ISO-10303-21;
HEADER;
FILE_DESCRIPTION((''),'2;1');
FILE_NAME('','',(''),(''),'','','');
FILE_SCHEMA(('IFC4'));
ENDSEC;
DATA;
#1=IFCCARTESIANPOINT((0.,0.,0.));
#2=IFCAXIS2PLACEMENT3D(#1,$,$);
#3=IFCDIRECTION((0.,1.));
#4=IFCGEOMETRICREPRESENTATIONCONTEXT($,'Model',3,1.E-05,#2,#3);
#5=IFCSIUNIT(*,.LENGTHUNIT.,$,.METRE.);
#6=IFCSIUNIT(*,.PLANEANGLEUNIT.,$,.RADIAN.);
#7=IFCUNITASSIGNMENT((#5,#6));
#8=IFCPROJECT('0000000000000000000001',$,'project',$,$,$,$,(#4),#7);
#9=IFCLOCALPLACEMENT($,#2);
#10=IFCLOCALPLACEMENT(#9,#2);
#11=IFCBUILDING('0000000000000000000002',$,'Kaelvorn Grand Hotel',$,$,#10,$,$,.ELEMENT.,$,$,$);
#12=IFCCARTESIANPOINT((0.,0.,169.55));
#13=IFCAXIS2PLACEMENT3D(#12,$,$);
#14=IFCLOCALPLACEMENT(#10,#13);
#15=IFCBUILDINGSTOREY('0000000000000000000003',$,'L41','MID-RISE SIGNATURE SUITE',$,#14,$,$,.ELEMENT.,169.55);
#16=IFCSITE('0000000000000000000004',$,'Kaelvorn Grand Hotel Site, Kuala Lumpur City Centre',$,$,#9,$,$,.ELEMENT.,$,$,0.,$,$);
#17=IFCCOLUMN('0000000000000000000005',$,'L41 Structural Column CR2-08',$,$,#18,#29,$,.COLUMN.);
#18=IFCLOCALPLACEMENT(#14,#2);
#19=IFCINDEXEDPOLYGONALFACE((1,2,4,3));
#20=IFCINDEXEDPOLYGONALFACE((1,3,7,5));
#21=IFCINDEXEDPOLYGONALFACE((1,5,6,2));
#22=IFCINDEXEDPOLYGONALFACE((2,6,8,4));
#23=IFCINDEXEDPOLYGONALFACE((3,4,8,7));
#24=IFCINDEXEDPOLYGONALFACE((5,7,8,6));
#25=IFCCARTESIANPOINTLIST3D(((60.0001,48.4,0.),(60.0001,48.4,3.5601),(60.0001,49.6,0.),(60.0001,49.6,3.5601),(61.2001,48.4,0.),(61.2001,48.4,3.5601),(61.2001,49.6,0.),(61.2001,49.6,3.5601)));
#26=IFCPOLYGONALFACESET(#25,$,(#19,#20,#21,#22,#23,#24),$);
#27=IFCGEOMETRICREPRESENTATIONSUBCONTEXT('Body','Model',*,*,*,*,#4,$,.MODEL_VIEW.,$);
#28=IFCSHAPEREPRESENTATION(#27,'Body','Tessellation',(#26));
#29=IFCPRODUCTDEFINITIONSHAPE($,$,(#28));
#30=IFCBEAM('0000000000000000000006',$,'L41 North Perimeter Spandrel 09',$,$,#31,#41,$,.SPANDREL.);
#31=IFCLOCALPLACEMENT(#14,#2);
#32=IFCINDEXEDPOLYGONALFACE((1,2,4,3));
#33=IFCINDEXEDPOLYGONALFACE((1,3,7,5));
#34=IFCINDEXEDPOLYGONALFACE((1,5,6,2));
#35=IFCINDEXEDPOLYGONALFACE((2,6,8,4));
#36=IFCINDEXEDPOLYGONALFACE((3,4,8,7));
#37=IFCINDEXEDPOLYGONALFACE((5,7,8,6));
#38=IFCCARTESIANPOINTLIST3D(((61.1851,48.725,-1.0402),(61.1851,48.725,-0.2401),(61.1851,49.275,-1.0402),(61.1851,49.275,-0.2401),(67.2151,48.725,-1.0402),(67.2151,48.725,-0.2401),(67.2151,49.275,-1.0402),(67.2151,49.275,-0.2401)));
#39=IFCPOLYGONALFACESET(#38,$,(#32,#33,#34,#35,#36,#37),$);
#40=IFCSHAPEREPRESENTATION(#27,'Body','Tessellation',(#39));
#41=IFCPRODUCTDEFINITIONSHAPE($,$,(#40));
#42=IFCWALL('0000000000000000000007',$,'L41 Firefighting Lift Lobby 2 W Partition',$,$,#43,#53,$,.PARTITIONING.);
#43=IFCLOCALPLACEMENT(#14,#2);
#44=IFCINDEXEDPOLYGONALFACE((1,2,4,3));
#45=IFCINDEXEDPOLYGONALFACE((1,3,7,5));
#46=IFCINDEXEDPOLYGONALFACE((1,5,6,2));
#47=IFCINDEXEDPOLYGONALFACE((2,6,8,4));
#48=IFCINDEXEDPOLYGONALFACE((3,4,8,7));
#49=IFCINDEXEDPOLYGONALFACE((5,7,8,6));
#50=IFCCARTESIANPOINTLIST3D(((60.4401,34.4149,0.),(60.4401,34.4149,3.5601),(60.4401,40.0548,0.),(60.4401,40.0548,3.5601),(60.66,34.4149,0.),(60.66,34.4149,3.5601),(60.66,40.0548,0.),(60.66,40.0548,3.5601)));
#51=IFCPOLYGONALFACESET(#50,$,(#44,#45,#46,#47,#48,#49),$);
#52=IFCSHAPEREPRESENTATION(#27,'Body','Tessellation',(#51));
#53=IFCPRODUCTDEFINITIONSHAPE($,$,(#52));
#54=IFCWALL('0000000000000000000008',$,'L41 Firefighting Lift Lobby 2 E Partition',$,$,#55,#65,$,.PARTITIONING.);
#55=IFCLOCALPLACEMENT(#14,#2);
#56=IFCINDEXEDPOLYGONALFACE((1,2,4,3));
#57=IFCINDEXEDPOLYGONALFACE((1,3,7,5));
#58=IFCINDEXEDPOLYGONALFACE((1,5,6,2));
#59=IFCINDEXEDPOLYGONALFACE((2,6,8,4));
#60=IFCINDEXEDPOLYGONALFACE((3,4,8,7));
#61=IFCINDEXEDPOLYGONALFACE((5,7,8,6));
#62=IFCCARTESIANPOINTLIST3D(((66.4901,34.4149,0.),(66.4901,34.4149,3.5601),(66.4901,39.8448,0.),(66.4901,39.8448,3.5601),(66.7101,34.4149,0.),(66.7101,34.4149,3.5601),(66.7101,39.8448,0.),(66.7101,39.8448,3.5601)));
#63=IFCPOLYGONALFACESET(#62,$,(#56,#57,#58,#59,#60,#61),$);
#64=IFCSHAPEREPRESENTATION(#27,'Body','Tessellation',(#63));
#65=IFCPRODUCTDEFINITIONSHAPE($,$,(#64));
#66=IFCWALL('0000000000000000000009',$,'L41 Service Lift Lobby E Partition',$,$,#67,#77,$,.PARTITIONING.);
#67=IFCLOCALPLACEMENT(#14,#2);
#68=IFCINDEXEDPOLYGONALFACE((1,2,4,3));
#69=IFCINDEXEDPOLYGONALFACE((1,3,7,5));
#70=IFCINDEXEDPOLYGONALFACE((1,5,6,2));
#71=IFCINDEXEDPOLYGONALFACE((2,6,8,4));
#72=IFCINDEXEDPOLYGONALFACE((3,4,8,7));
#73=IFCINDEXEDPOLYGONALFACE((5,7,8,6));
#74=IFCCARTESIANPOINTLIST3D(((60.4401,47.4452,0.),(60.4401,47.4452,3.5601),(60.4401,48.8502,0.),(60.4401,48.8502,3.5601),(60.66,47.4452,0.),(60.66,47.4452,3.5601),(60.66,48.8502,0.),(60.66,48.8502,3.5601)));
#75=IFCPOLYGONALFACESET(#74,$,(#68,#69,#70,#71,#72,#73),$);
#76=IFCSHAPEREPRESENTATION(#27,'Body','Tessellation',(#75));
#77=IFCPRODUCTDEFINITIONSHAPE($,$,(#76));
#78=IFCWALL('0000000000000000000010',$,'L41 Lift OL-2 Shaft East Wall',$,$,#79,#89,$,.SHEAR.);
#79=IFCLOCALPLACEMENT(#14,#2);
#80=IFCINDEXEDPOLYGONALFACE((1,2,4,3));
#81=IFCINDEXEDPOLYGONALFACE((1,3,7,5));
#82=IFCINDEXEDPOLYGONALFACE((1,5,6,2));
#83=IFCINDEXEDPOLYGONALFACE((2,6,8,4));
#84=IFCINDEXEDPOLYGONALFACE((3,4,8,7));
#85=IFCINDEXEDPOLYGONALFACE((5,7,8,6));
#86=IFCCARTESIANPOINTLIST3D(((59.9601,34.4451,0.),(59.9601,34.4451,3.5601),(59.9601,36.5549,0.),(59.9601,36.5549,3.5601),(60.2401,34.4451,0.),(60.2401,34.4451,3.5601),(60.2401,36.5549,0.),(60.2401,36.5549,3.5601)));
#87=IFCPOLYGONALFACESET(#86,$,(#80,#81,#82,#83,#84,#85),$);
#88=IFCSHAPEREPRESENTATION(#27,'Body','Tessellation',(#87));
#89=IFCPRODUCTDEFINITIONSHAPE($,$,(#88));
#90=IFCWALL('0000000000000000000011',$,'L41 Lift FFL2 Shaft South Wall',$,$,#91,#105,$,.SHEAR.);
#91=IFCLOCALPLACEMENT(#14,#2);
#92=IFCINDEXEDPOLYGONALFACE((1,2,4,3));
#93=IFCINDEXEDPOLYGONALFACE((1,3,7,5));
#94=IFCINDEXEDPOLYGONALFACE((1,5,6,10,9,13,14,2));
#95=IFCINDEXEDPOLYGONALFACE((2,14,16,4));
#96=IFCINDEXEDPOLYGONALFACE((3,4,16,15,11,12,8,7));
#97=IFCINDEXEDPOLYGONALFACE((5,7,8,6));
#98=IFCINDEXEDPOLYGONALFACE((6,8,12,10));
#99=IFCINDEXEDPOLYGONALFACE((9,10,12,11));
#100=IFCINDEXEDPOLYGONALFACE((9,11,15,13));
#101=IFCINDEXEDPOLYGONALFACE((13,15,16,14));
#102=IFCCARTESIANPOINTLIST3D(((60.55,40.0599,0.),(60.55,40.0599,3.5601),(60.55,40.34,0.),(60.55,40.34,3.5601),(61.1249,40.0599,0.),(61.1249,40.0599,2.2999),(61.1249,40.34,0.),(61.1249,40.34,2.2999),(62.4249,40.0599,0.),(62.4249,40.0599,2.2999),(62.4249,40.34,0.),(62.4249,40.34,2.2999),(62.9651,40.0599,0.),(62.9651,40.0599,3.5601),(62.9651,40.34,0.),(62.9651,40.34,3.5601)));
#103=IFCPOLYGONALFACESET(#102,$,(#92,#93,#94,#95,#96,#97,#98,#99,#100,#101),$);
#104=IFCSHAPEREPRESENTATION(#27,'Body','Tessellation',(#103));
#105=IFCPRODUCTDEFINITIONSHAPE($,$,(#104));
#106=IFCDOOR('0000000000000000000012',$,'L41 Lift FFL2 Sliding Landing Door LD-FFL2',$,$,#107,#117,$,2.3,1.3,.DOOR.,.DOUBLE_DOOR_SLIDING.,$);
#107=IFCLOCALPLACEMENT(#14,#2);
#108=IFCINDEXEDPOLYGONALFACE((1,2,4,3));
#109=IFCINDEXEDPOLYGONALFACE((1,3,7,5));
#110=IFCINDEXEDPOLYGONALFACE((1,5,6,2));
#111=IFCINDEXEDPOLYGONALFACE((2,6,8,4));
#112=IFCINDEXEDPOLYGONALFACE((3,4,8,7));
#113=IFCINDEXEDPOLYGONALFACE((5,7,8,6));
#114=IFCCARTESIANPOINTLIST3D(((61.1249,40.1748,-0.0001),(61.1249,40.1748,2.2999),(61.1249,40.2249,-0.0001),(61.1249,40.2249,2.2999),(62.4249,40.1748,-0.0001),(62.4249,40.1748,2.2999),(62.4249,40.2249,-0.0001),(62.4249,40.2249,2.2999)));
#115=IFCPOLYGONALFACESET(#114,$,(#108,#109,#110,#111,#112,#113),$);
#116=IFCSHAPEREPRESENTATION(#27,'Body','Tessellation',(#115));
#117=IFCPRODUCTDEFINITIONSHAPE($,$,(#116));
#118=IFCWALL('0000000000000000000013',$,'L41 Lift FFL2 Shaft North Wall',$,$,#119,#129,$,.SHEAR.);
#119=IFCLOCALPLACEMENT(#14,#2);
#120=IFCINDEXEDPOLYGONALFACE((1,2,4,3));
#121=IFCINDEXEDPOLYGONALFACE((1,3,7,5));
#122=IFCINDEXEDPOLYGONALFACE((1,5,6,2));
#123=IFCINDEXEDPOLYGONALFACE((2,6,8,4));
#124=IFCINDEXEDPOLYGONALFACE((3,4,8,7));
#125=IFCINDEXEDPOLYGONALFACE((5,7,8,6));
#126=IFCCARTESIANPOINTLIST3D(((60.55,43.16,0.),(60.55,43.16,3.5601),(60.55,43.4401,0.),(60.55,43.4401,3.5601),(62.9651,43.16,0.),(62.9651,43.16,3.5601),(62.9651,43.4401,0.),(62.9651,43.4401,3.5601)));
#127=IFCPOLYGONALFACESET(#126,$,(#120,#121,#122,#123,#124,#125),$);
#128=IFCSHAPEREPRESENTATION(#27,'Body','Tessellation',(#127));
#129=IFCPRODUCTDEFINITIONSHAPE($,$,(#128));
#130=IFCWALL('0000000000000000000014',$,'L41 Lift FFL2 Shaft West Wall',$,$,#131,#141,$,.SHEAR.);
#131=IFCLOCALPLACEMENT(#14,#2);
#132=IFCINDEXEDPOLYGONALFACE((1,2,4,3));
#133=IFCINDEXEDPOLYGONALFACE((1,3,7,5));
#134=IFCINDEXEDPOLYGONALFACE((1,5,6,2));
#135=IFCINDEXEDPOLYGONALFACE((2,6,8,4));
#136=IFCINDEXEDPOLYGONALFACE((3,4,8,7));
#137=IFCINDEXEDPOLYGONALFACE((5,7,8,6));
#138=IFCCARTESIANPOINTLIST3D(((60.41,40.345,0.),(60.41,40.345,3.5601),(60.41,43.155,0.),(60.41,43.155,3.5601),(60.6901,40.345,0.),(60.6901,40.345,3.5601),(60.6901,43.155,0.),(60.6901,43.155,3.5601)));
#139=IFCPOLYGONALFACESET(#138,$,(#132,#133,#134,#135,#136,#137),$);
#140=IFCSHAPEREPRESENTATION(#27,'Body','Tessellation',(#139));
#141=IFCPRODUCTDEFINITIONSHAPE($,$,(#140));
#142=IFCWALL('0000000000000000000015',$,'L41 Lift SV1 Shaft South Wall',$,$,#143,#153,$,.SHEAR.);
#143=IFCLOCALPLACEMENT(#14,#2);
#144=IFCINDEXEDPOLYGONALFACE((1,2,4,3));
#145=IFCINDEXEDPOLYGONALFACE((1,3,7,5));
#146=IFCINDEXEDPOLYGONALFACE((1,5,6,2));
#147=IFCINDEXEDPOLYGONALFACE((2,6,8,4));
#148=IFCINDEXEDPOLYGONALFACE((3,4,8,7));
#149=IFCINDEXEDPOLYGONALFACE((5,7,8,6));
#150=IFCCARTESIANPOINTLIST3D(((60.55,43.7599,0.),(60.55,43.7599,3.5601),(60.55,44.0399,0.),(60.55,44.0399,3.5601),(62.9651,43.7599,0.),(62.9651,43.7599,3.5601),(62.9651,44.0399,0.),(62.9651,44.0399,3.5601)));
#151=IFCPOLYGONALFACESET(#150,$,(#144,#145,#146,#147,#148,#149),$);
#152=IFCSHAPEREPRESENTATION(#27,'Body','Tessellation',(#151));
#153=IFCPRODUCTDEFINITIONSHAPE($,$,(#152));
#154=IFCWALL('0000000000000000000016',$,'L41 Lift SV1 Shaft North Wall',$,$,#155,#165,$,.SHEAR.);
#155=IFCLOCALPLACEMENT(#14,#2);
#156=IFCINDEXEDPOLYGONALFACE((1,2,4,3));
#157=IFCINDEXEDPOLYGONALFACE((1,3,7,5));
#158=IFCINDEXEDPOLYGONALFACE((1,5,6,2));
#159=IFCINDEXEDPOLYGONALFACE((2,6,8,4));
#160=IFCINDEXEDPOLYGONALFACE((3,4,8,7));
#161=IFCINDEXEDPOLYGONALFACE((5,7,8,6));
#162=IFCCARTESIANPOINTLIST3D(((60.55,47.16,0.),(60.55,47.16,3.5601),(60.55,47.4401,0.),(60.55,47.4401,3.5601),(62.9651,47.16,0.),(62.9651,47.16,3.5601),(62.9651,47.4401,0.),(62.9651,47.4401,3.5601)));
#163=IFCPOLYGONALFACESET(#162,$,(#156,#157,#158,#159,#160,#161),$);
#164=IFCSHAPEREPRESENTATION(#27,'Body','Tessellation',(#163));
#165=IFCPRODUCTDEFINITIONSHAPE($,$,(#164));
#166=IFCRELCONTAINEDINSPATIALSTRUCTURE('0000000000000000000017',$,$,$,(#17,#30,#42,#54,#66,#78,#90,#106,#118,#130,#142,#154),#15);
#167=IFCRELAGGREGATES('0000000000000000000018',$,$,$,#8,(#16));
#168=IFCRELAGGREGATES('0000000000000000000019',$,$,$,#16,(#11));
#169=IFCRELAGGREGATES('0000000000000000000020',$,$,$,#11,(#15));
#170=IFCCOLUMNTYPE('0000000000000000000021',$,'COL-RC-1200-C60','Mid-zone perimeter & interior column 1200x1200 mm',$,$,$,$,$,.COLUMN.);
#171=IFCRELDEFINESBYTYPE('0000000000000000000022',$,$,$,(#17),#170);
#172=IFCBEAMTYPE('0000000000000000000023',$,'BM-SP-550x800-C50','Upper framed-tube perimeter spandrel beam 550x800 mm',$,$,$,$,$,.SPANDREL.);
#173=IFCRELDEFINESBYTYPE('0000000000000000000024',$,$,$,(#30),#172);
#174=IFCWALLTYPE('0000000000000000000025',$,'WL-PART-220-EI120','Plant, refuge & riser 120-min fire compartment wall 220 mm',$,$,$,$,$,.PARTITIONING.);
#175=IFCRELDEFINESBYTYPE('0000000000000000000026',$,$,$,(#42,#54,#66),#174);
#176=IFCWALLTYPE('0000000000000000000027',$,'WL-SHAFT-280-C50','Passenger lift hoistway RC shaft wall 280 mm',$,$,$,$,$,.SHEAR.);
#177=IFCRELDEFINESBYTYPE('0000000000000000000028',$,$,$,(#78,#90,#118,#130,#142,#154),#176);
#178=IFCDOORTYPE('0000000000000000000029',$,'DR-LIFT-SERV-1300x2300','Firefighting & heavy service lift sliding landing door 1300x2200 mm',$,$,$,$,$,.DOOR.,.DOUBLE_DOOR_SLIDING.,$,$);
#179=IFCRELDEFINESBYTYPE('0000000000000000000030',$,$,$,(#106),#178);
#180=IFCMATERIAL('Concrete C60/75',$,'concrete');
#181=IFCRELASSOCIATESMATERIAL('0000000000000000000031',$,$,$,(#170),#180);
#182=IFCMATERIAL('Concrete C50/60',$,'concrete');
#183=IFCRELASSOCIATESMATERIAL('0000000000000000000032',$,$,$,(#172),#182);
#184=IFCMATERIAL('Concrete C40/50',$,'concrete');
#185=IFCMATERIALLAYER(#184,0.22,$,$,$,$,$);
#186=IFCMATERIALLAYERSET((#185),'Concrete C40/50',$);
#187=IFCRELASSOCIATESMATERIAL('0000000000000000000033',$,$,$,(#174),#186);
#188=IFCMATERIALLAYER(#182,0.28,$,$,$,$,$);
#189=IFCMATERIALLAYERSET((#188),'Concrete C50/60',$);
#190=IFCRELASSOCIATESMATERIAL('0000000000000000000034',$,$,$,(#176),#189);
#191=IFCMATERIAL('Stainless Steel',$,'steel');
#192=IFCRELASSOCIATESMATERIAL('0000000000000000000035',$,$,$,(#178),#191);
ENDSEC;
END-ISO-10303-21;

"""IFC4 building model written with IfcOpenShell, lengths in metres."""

from ifc_helpers import new_model, si_unit, direction, frame, frame_2d, origin, origin_2d, place, context, subcontext, project, spatial, rectangle, extrude, material, layer, layer_set, material_profile, profile_set, type_object, element, fill, save


model = new_model("IFC4")

# Units and contexts
model_context = context("Model", 3, precision=1e-05, world=origin(), true_north=direction((0.0, 1.0)))
body_context = subcontext(model_context, "Body", "Model", "MODEL_VIEW")
ifc_project = project(units=[si_unit("LENGTHUNIT", "METRE"), si_unit("PLANEANGLEUNIT", "RADIAN")], contexts=[model_context])

# Site, building, storey
site_placement = place(None, origin())
site = spatial("IfcSite", under=ifc_project, at=site_placement, Name="Kaelvorn Grand Hotel Site, Kuala Lumpur City Centre", CompositionType="ELEMENT", RefElevation=0.0)
building_placement = place(site_placement, origin())
building = spatial("IfcBuilding", under=site, at=building_placement, Name="Kaelvorn Grand Hotel", CompositionType="ELEMENT")
storey_placement = place(building_placement, frame((0.0, 0.0, 169.55)))
storey = spatial("IfcBuildingStorey", under=building, at=storey_placement, Name="L41", Description="MID-RISE SIGNATURE SUITE", CompositionType="ELEMENT", Elevation=169.55)

# Column
ifc_material_1 = material(Name="Concrete C60/75", Category="concrete")
ifc_material_profile_1 = material_profile(ifc_material_1, rectangle(XDim=1.2, YDim=1.2, at=origin_2d()), Name="RC COL 1200x1200")
ifc_profile_set_1 = profile_set([ifc_material_profile_1], Name="Concrete C60/75")
column_type = type_object("IfcColumnType", Name="COL-RC-1200-C60", Description="Mid-zone perimeter & interior column 1200x1200 mm", PredefinedType="COLUMN", material=ifc_profile_set_1)
column_placement = place(storey_placement, frame((60.6001, 49.0, 0.0), z_axis=(0.0, 0.0, 1.0), x_axis=(1.0, 0.0, 0.0)))
element("IfcColumn", 1, at=column_placement, inside=storey, type_object=column_type, Name="L41 Structural Column CR2-08", PredefinedType="COLUMN", context=body_context, shape_type="SweptSolid", body=[
    extrude(rectangle(XDim=1.2, YDim=1.2, at=origin_2d()), origin(), (0.0, 0.0, 1.0), 3.5601),
])

# Beam
ifc_material_2 = material(Name="Concrete C50/60", Category="concrete")
ifc_material_profile_2 = material_profile(ifc_material_2, rectangle(XDim=0.55, YDim=0.8, at=origin_2d()), Name="RC SPANDREL 550x800")
ifc_profile_set_2 = profile_set([ifc_material_profile_2], Name="Concrete C50/60")
beam_type = type_object("IfcBeamType", Name="BM-SP-550x800-C50", Description="Upper framed-tube perimeter spandrel beam 550x800 mm", PredefinedType="SPANDREL", material=ifc_profile_set_2)
beam_placement = place(storey_placement, frame((61.1851, 49.0, -0.6401), z_axis=(1.0, 0.0, 0.0), x_axis=(0.0, 1.0, 0.0)))
element("IfcBeam", 2, at=beam_placement, inside=storey, type_object=beam_type, Name="L41 North Perimeter Spandrel 09", PredefinedType="SPANDREL", context=body_context, shape_type="SweptSolid", body=[
    extrude(rectangle(XDim=0.55, YDim=0.8, at=origin_2d()), origin(), (0.0, 0.0, 1.0), 6.03),
])

# Shared definitions
ifc_material_3 = material(Name="Concrete C40/50", Category="concrete")
ifc_layer_1 = layer(ifc_material_3, 0.22)
ifc_layer_set_1 = layer_set([ifc_layer_1], Name="Concrete C40/50")
wall_type_1 = type_object("IfcWallType", Name="WL-PART-220-EI120", Description="Plant, refuge & riser 120-min fire compartment wall 220 mm", PredefinedType="PARTITIONING", material=ifc_layer_set_1)

# Walls
wall_1_placement = place(storey_placement, frame((60.55, 34.415, 0.0), z_axis=(0.0, 0.0, 1.0), x_axis=(0.0, 1.0, 0.0)))
element("IfcWall", 3, at=wall_1_placement, inside=storey, type_object=wall_type_1, Name="L41 Firefighting Lift Lobby 2 W Partition", PredefinedType="PARTITIONING", context=body_context, shape_type="SweptSolid", body=[
    extrude(rectangle(XDim=5.6399, YDim=0.22, at=frame_2d((2.8198, 0.0))), origin(), (0.0, 0.0, 1.0), 3.5601),
])
wall_2_placement = place(storey_placement, frame((66.6001, 34.415, 0.0), z_axis=(0.0, 0.0, 1.0), x_axis=(0.0, 1.0, 0.0)))
element("IfcWall", 4, at=wall_2_placement, inside=storey, type_object=wall_type_1, Name="L41 Firefighting Lift Lobby 2 E Partition", PredefinedType="PARTITIONING", context=body_context, shape_type="SweptSolid", body=[
    extrude(rectangle(XDim=5.4299, YDim=0.22, at=frame_2d((2.7148, 0.0))), origin(), (0.0, 0.0, 1.0), 3.5601),
])
wall_3_placement = place(storey_placement, frame((60.55, 47.4451, 0.0), z_axis=(0.0, 0.0, 1.0), x_axis=(0.0, 1.0, 0.0)))
element("IfcWall", 5, at=wall_3_placement, inside=storey, type_object=wall_type_1, Name="L41 Service Lift Lobby E Partition", PredefinedType="PARTITIONING", context=body_context, shape_type="SweptSolid", body=[
    extrude(rectangle(XDim=1.405, YDim=0.22, at=frame_2d((0.7026, 0.0))), origin(), (0.0, 0.0, 1.0), 3.5601),
])
ifc_layer_2 = layer(ifc_material_2, 0.28)
ifc_layer_set_2 = layer_set([ifc_layer_2], Name="Concrete C50/60")
wall_type_2 = type_object("IfcWallType", Name="WL-SHAFT-280-C50", Description="Passenger lift hoistway RC shaft wall 280 mm", PredefinedType="SHEAR", material=ifc_layer_set_2)
wall_4_placement = place(storey_placement, frame((60.1001, 34.4451, 0.0), z_axis=(0.0, 0.0, 1.0), x_axis=(0.0, 1.0, 0.0)))
element("IfcWall", 6, at=wall_4_placement, inside=storey, type_object=wall_type_2, Name="L41 Lift OL-2 Shaft East Wall", PredefinedType="SHEAR", context=body_context, shape_type="SweptSolid", body=[
    extrude(rectangle(XDim=2.1099, YDim=0.28, at=frame_2d((1.0549, 0.0))), origin(), (0.0, 0.0, 1.0), 3.5601),
])

# Wall, opening, door
wall_5_placement = place(storey_placement, frame((60.55, 40.2, 0.0), z_axis=(0.0, 0.0, 1.0), x_axis=(1.0, 0.0, 0.0)))
wall_5 = element("IfcWall", 7, at=wall_5_placement, inside=storey, type_object=wall_type_2, Name="L41 Lift FFL2 Shaft South Wall", PredefinedType="SHEAR", context=body_context, shape_type="SweptSolid", body=[
    extrude(rectangle(XDim=2.415, YDim=0.28, at=frame_2d((1.2075, 0.0))), origin(), (0.0, 0.0, 1.0), 3.5601),
])
opening_1_placement = place(wall_5_placement, frame((0.575, 0.0, 0.0)))
opening_1 = element("IfcOpeningElement", 8, at=opening_1_placement, cuts=wall_5, PredefinedType="OPENING", context=body_context, shape_type="SweptSolid", body=[
    extrude(rectangle(XDim=1.3, YDim=2.3, at=frame_2d((0.6499, 1.1499))), frame((0.0, 0.1499, 0.0), z_axis=(0.0, -1.0, 0.0), x_axis=(1.0, 0.0, 0.0)), (0.0, 0.0, 1.0), 0.3),
])
ifc_material_4 = material(Name="Stainless Steel", Category="steel")
door_type_1 = type_object("IfcDoorType", Name="DR-LIFT-SERV-1300x2300", Description="Firefighting & heavy service lift sliding landing door 1300x2200 mm", OperationType="DOUBLE_DOOR_SLIDING", PredefinedType="DOOR", material=ifc_material_4)
door_1_placement = place(opening_1_placement, origin())
door_1 = element("IfcDoor", 9, at=door_1_placement, inside=storey, type_object=door_type_1, Name="L41 Lift FFL2 Sliding Landing Door LD-FFL2", OperationType="DOUBLE_DOOR_SLIDING", OverallHeight=2.3, OverallWidth=1.3, PredefinedType="DOOR", context=body_context, shape_type="SweptSolid", body=[
    extrude(rectangle(XDim=1.3, YDim=2.3, at=frame_2d((0.6499, 1.1499))), frame((0.0, 0.0249, 0.0), z_axis=(0.0, -1.0, 0.0), x_axis=(1.0, 0.0, 0.0)), (0.0, 0.0, 1.0), 0.05),
])
fill(opening_1, door_1)

# Walls
wall_6_placement = place(storey_placement, frame((60.55, 43.3, 0.0), z_axis=(0.0, 0.0, 1.0), x_axis=(1.0, 0.0, 0.0)))
element("IfcWall", 10, at=wall_6_placement, inside=storey, type_object=wall_type_2, Name="L41 Lift FFL2 Shaft North Wall", PredefinedType="SHEAR", context=body_context, shape_type="SweptSolid", body=[
    extrude(rectangle(XDim=2.415, YDim=0.28, at=frame_2d((1.2075, 0.0))), origin(), (0.0, 0.0, 1.0), 3.5601),
])
wall_7_placement = place(storey_placement, frame((60.55, 40.345, 0.0), z_axis=(0.0, 0.0, 1.0), x_axis=(0.0, 1.0, 0.0)))
element("IfcWall", 11, at=wall_7_placement, inside=storey, type_object=wall_type_2, Name="L41 Lift FFL2 Shaft West Wall", PredefinedType="SHEAR", context=body_context, shape_type="SweptSolid", body=[
    extrude(rectangle(XDim=2.8101, YDim=0.28, at=frame_2d((1.405, 0.0))), origin(), (0.0, 0.0, 1.0), 3.5601),
])
for number, where, z_axis, x_axis, name in (
    (12, (60.55, 43.8999, 0.0), (0.0, 0.0, 1.0), (1.0, 0.0, 0.0), "L41 Lift SV1 Shaft South Wall"),
    (13, (60.55, 47.3, 0.0), (0.0, 0.0, 1.0), (1.0, 0.0, 0.0), "L41 Lift SV1 Shaft North Wall"),
):
    element("IfcWall", number, at=place(storey_placement, frame(where, z_axis=z_axis, x_axis=x_axis)), inside=storey, type_object=wall_type_2, Name=name, PredefinedType="SHEAR", context=body_context, shape_type="SweptSolid", body=[
        extrude(rectangle(XDim=2.415, YDim=0.28, at=frame_2d((1.2075, 0.0))), origin(), (0.0, 0.0, 1.0), 3.5601),
    ])

save(model, "model.ifc")
